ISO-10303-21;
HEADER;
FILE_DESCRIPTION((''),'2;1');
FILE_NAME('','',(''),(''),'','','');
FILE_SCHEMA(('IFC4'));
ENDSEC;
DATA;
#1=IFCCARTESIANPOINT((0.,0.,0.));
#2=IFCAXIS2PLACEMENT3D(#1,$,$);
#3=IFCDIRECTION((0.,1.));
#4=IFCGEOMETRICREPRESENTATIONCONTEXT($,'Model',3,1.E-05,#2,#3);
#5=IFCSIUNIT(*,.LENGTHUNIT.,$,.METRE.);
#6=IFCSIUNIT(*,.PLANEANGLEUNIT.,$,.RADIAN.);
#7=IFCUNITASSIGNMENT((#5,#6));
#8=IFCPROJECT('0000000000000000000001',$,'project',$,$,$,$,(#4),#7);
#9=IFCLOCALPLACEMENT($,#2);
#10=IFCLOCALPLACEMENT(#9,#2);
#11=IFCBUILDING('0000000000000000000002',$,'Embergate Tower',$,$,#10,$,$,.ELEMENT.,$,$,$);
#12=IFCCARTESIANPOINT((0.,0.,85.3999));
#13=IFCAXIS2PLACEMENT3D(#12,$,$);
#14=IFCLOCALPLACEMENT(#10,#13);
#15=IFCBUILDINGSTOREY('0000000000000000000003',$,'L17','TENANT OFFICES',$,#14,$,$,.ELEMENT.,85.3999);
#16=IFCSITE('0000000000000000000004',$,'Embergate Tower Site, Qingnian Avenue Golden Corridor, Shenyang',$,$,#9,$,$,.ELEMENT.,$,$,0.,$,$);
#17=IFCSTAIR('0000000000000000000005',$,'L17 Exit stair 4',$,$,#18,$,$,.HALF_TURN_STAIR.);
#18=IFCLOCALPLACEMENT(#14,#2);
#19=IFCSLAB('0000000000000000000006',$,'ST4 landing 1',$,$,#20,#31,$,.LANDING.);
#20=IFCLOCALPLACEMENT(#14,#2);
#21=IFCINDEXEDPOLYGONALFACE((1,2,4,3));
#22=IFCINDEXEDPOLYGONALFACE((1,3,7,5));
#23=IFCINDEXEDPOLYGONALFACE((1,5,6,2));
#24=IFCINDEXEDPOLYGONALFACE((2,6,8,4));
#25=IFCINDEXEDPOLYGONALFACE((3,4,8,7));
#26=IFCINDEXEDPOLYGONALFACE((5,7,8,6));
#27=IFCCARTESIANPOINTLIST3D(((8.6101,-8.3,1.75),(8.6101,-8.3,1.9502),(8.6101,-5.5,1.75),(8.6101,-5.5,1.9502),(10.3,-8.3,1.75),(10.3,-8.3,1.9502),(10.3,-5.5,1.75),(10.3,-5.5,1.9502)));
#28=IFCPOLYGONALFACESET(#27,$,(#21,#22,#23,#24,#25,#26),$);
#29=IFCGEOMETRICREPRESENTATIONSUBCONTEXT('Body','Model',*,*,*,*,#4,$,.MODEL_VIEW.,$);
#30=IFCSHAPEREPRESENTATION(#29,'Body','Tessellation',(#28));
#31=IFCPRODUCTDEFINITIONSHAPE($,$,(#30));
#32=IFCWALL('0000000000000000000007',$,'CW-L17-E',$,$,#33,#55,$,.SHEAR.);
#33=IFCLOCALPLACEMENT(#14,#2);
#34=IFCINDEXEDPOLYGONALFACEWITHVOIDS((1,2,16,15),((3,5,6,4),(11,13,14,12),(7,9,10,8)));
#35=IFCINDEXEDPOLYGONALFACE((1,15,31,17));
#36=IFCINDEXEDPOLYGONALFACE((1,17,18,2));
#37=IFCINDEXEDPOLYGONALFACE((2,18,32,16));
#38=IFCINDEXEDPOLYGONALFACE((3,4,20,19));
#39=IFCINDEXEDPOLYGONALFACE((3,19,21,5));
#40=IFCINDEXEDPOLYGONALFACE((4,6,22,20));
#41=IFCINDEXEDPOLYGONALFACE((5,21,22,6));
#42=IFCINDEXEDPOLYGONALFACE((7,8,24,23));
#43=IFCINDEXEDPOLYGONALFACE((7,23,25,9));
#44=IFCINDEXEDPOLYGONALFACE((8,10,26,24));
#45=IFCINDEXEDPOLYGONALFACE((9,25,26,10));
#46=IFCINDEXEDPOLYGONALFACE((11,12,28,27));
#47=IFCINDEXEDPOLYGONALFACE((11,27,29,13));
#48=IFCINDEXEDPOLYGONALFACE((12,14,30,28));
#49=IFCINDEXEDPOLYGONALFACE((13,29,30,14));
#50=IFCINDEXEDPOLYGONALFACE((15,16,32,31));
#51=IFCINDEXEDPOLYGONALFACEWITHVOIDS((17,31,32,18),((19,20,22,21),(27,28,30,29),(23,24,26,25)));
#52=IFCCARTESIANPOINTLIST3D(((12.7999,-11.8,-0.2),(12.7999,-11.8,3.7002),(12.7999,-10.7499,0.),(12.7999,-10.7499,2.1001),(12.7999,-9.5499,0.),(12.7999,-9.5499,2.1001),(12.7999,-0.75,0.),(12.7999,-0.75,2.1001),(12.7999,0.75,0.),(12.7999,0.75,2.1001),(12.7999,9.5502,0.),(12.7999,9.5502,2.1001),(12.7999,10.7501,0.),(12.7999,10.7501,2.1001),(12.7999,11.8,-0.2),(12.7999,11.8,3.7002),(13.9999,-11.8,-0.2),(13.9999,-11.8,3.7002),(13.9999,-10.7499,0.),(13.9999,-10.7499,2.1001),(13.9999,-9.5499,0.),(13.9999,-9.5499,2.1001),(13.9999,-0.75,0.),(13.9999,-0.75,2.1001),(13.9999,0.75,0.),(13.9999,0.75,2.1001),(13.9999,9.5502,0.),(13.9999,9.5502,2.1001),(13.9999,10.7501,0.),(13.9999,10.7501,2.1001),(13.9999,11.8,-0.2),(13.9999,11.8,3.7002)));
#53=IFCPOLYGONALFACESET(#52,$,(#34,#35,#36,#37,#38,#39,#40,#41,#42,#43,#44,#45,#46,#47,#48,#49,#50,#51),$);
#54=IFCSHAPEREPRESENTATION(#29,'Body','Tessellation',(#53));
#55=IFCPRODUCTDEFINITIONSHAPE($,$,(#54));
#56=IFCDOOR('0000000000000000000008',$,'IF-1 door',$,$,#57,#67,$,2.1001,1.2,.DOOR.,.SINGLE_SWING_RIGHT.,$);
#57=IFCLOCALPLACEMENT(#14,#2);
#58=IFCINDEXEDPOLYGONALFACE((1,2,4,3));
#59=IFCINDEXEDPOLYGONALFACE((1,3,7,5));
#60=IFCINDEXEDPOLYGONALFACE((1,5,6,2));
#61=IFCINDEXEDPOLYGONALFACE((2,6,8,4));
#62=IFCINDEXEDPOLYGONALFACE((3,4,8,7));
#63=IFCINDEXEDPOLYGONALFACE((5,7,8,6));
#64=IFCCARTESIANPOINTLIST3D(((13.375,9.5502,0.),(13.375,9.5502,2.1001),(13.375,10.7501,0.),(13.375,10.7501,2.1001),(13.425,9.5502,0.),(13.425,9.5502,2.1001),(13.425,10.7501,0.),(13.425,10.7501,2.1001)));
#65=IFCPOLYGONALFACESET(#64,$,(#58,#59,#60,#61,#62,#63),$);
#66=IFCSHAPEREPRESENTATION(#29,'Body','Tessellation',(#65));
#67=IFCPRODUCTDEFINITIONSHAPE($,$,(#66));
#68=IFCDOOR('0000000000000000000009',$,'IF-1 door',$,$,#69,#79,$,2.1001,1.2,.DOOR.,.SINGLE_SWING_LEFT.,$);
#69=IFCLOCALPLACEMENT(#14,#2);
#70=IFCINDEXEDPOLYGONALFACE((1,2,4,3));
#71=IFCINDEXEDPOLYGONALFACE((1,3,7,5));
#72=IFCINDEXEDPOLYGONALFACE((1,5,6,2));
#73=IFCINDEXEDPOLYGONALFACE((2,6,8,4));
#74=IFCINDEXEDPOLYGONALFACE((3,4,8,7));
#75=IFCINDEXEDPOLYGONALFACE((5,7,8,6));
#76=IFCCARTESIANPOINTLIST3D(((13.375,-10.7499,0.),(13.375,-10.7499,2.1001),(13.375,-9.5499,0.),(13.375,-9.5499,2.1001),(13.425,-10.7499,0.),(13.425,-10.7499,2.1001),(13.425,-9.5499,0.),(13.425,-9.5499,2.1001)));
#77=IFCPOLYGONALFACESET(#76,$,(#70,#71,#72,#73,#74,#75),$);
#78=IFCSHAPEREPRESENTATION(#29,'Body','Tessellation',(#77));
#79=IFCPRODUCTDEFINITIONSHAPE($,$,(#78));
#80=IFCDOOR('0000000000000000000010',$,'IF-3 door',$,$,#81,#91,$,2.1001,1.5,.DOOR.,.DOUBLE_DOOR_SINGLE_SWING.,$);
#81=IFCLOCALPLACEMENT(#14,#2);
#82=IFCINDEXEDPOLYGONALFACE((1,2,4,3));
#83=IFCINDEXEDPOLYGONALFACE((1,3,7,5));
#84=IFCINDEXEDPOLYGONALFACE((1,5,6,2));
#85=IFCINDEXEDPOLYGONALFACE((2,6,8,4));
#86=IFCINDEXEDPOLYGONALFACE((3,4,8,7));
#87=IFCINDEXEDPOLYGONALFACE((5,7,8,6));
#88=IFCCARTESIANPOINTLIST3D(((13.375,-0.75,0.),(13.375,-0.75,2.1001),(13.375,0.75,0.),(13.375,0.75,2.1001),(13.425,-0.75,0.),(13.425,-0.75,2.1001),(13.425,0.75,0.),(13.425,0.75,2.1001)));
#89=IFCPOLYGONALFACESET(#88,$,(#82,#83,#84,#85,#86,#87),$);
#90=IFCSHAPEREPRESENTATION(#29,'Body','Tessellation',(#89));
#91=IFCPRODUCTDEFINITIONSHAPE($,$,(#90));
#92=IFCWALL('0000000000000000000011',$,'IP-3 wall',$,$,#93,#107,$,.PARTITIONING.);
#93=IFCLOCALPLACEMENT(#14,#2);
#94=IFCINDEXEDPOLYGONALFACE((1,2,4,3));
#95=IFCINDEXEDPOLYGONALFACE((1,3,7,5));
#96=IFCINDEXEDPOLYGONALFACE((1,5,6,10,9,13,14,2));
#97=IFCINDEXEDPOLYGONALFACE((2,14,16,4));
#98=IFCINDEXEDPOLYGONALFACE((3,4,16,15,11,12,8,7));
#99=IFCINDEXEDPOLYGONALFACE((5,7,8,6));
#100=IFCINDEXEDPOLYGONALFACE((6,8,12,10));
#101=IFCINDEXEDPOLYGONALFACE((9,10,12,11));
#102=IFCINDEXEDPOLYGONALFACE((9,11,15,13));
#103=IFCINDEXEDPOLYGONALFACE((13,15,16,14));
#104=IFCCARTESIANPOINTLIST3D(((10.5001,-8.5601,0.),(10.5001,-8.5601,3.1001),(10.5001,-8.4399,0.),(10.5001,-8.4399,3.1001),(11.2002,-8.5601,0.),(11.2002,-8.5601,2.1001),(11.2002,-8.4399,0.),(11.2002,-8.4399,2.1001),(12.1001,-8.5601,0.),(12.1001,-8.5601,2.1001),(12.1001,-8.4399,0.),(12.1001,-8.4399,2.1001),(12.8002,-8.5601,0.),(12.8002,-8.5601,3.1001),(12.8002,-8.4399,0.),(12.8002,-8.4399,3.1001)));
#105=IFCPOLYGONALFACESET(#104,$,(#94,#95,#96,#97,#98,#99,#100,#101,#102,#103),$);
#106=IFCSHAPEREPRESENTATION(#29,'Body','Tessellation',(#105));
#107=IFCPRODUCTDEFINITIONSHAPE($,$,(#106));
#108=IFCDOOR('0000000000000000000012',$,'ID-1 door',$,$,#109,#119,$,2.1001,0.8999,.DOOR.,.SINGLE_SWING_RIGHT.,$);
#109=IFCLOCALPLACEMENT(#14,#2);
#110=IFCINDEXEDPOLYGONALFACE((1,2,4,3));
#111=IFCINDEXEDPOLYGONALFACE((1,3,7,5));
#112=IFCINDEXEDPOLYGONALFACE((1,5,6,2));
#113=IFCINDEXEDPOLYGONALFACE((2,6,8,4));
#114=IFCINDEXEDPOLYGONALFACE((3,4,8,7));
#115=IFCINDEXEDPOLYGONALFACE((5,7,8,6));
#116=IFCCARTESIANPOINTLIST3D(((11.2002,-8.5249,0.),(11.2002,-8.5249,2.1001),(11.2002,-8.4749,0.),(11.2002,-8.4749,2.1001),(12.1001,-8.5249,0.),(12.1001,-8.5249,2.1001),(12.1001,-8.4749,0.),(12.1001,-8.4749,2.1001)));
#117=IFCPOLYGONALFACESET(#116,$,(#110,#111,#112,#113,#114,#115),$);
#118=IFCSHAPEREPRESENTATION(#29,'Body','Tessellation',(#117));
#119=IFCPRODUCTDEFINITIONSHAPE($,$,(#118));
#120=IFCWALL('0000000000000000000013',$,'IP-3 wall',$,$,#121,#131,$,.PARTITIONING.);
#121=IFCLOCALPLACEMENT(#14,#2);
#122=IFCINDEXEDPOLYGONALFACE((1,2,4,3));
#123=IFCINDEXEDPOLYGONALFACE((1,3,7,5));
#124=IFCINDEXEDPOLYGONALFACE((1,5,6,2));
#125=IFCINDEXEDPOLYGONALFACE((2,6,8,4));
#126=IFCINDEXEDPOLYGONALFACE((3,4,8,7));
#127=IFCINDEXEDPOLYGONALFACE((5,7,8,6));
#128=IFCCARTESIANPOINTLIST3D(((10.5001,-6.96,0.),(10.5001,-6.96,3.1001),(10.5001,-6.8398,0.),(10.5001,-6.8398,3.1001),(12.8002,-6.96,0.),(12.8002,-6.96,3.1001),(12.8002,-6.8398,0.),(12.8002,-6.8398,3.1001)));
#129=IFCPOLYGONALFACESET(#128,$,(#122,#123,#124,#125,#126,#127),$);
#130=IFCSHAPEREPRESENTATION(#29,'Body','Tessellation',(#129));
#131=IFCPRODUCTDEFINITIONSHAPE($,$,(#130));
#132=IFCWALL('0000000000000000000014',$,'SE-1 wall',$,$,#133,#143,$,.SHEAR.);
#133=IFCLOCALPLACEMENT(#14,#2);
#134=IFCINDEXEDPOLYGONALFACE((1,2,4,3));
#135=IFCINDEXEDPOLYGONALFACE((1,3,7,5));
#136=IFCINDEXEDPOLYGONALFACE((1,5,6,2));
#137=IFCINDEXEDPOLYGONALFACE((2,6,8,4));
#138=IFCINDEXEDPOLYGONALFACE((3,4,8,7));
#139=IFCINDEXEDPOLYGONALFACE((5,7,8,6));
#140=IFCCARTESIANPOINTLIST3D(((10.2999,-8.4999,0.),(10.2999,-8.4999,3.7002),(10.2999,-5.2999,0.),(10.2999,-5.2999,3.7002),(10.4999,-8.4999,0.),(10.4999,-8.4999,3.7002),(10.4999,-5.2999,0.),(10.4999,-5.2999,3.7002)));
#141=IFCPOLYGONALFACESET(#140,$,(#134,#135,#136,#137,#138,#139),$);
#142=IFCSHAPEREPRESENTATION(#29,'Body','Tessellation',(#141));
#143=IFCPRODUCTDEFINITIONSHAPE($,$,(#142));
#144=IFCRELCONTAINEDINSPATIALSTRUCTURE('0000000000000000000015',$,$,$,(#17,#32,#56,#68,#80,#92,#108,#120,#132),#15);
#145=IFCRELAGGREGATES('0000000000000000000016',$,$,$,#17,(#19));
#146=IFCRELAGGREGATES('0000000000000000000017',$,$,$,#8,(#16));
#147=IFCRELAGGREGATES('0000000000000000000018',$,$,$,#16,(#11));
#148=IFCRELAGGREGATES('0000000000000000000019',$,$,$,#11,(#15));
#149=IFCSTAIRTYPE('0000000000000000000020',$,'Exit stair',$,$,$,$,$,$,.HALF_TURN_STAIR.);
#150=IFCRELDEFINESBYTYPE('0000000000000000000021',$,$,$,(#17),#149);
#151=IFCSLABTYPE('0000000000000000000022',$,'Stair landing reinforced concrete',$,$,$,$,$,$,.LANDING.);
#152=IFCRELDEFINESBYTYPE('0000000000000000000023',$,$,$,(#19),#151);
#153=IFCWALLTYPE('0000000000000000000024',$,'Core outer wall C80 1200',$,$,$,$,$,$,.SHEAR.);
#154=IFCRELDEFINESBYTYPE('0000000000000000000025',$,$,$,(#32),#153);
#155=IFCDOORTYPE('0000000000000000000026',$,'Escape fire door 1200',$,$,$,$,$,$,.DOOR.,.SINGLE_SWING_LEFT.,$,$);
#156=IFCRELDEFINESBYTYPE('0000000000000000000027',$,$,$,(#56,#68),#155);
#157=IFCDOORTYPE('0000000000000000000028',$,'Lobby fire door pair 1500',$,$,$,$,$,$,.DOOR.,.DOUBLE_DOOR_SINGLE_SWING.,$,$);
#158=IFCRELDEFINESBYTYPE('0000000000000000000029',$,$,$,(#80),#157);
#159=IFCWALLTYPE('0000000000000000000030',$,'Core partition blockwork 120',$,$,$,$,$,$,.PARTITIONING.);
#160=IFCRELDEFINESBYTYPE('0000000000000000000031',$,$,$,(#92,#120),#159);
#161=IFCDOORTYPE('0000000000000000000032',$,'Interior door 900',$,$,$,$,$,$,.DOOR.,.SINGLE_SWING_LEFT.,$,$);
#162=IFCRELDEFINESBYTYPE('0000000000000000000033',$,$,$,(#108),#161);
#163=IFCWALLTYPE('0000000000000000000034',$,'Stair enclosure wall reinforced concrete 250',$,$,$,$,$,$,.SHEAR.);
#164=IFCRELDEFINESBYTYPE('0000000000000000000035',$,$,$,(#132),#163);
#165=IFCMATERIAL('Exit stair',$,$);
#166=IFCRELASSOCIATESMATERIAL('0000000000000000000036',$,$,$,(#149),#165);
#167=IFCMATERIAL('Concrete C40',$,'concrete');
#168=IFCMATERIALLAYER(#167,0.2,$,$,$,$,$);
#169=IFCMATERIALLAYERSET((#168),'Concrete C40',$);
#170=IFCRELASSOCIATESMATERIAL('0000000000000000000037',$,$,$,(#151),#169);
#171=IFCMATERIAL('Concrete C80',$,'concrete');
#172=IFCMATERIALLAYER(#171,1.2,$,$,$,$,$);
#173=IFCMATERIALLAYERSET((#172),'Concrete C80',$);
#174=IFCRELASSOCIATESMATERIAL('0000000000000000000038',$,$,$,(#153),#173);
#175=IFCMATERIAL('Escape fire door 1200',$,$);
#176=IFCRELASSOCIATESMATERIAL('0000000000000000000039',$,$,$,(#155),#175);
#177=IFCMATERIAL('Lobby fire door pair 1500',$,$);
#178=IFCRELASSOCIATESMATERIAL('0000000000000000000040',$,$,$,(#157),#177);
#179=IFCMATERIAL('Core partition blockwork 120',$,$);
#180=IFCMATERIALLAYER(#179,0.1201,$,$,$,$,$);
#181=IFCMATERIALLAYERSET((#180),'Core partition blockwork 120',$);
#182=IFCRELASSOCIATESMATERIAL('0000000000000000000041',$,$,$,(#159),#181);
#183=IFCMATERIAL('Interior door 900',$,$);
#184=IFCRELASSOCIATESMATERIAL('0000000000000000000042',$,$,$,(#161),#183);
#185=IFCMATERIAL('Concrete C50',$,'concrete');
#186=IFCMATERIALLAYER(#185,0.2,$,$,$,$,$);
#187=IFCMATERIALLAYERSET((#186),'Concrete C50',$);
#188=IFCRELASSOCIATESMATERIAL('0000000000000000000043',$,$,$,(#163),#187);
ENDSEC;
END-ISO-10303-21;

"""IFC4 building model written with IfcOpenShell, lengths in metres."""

from ifc_helpers import new_model, si_unit, direction, frame, frame_2d, origin, place, context, subcontext, project, spatial, polyline, rectangle, outline, extrude, source, transform, mapped, material, layer, layer_set, type_object, element, fill, aggregate, save


model = new_model("IFC4")

# Units and contexts
model_context = context("Model", 3, precision=1e-05, world=origin(), true_north=direction((0.0, 1.0)))
body_context = subcontext(model_context, "Body", "Model", "MODEL_VIEW")
ifc_project = project(units=[si_unit("LENGTHUNIT", "METRE"), si_unit("PLANEANGLEUNIT", "RADIAN")], contexts=[model_context])

# Site, building, storey
site_placement = place(None, origin())
site = spatial("IfcSite", under=ifc_project, at=site_placement, Name="Embergate Tower Site, Qingnian Avenue Golden Corridor, Shenyang", CompositionType="ELEMENT", RefElevation=0.0)
building_placement = place(site_placement, origin())
building = spatial("IfcBuilding", under=site, at=building_placement, Name="Embergate Tower", CompositionType="ELEMENT")
storey_placement = place(building_placement, frame((0.0, 0.0, 85.3999)))
storey = spatial("IfcBuildingStorey", under=building, at=storey_placement, Name="L17", Description="TENANT OFFICES", CompositionType="ELEMENT", Elevation=85.3999)

# Stair, slab
ifc_material_1 = material(Name="Exit stair")
stair_type = type_object("IfcStairType", Name="Exit stair", PredefinedType="HALF_TURN_STAIR", material=ifc_material_1)
stair_placement = place(storey_placement, origin())
stair = element("IfcStair", 1, at=stair_placement, inside=storey, type_object=stair_type, Name="L17 Exit stair 4", PredefinedType="HALF_TURN_STAIR")
ifc_material_2 = material(Name="Concrete C40", Category="concrete")
ifc_layer_1 = layer(ifc_material_2, 0.2)
ifc_layer_set_1 = layer_set([ifc_layer_1], Name="Concrete C40")
slab_type = type_object("IfcSlabType", Name="Stair landing reinforced concrete", PredefinedType="LANDING", material=ifc_layer_set_1)
shared_shape_1 = source(origin(), body_context, "Body", "SweptSolid", [
    extrude(outline(polyline([(0.0, 0.0), (1.6899, 0.0), (1.6899, 2.8), (0.0, 2.8), (0.0, 0.0)])), origin(), (0.0, 0.0, 1.0), 0.2002),
])
slab_placement = place(storey_placement, frame((8.6101, -8.3, 1.75)))
slab = element("IfcSlab", 2, at=slab_placement, type_object=slab_type, Name="ST4 landing 1", PredefinedType="LANDING", context=body_context, shape_type="MappedRepresentation", body=[
    mapped(shared_shape_1, transform((0.0, 0.0, 0.0))),
])
aggregate(stair, [slab])

# Wall, openings, doors
ifc_material_3 = material(Name="Concrete C80", Category="concrete")
ifc_layer_2 = layer(ifc_material_3, 1.2)
ifc_layer_set_2 = layer_set([ifc_layer_2], Name="Concrete C80")
wall_type_1 = type_object("IfcWallType", Name="Core outer wall C80 1200", PredefinedType="SHEAR", material=ifc_layer_set_2)
shared_shape_2 = source(origin(), body_context, "Body", "SweptSolid", [
    extrude(rectangle(XDim=23.6001, YDim=1.2, at=frame_2d((11.8, 0.0))), origin(), (0.0, 0.0, 1.0), 3.9001),
])
wall_1_placement = place(storey_placement, frame((13.3999, -11.8, -0.2), z_axis=(0.0, 0.0, 1.0), x_axis=(0.0, 1.0, 0.0)))
wall_1 = element("IfcWall", 3, at=wall_1_placement, inside=storey, type_object=wall_type_1, Name="CW-L17-E", PredefinedType="SHEAR", context=body_context, shape_type="MappedRepresentation", body=[
    mapped(shared_shape_2, transform((0.0, 0.0, 0.0))),
])
shared_shape_3 = source(origin(), body_context, "Body", "SweptSolid", [
    extrude(rectangle(XDim=1.2, YDim=2.1001, at=frame_2d((0.6001, 1.05))), frame((0.0, 0.6099, 0.0), z_axis=(0.0, -1.0, 0.0), x_axis=(1.0, 0.0, 0.0)), (0.0, 0.0, 1.0), 1.22),
])
opening_1_placement = place(wall_1_placement, frame((21.3501, 0.0, 0.2)))
opening_1 = element("IfcOpeningElement", 4, at=opening_1_placement, cuts=wall_1, PredefinedType="OPENING", context=body_context, shape_type="MappedRepresentation", body=[
    mapped(shared_shape_3, transform((0.0, 0.0, 0.0))),
])
opening_2_placement = place(wall_1_placement, frame((1.05, 0.0, 0.2)))
opening_2 = element("IfcOpeningElement", 5, at=opening_2_placement, cuts=wall_1, PredefinedType="OPENING", context=body_context, shape_type="MappedRepresentation", body=[
    mapped(shared_shape_3, transform((0.0, 0.0, 0.0))),
])
shared_shape_4 = source(origin(), body_context, "Body", "SweptSolid", [
    extrude(rectangle(XDim=1.5, YDim=2.1001, at=frame_2d((0.75, 1.05))), frame((0.0, 0.6099, 0.0), z_axis=(0.0, -1.0, 0.0), x_axis=(1.0, 0.0, 0.0)), (0.0, 0.0, 1.0), 1.22),
])
opening_3_placement = place(wall_1_placement, frame((11.05, 0.0, 0.2)))
opening_3 = element("IfcOpeningElement", 6, at=opening_3_placement, cuts=wall_1, PredefinedType="OPENING", context=body_context, shape_type="MappedRepresentation", body=[
    mapped(shared_shape_4, transform((0.0, 0.0, 0.0))),
])
ifc_material_4 = material(Name="Escape fire door 1200")
door_type_1 = type_object("IfcDoorType", Name="Escape fire door 1200", OperationType="SINGLE_SWING_LEFT", PredefinedType="DOOR", material=ifc_material_4)
shared_shape_5 = source(origin(), body_context, "Body", "SweptSolid", [
    extrude(rectangle(XDim=1.2, YDim=2.1001, at=frame_2d((0.6001, 1.05))), frame((0.0, 0.0249, 0.0), z_axis=(0.0, -1.0, 0.0), x_axis=(1.0, 0.0, 0.0)), (0.0, 0.0, 1.0), 0.05),
])
door_1_placement = place(opening_1_placement, origin())
door_1 = element("IfcDoor", 7, at=door_1_placement, inside=storey, type_object=door_type_1, Name="IF-1 door", OperationType="SINGLE_SWING_RIGHT", OverallHeight=2.1001, OverallWidth=1.2, PredefinedType="DOOR", context=body_context, shape_type="MappedRepresentation", body=[
    mapped(shared_shape_5, transform((0.0, 0.0, 0.0))),
])
fill(opening_1, door_1)
door_2_placement = place(opening_2_placement, origin())
door_2 = element("IfcDoor", 8, at=door_2_placement, inside=storey, type_object=door_type_1, Name="IF-1 door", OperationType="SINGLE_SWING_LEFT", OverallHeight=2.1001, OverallWidth=1.2, PredefinedType="DOOR", context=body_context, shape_type="MappedRepresentation", body=[
    mapped(shared_shape_5, transform((0.0, 0.0, 0.0))),
])
fill(opening_2, door_2)
ifc_material_5 = material(Name="Lobby fire door pair 1500")
door_type_2 = type_object("IfcDoorType", Name="Lobby fire door pair 1500", OperationType="DOUBLE_DOOR_SINGLE_SWING", PredefinedType="DOOR", material=ifc_material_5)
shared_shape_6 = source(origin(), body_context, "Body", "SweptSolid", [
    extrude(rectangle(XDim=1.5, YDim=2.1001, at=frame_2d((0.75, 1.05))), frame((0.0, 0.0249, 0.0), z_axis=(0.0, -1.0, 0.0), x_axis=(1.0, 0.0, 0.0)), (0.0, 0.0, 1.0), 0.05),
])
door_3_placement = place(opening_3_placement, origin())
door_3 = element("IfcDoor", 9, at=door_3_placement, inside=storey, type_object=door_type_2, Name="IF-3 door", OperationType="DOUBLE_DOOR_SINGLE_SWING", OverallHeight=2.1001, OverallWidth=1.5, PredefinedType="DOOR", context=body_context, shape_type="MappedRepresentation", body=[
    mapped(shared_shape_6, transform((0.0, 0.0, 0.0))),
])
fill(opening_3, door_3)

# Wall, opening, door
ifc_material_6 = material(Name="Core partition blockwork 120")
ifc_layer_3 = layer(ifc_material_6, 0.1201)
ifc_layer_set_3 = layer_set([ifc_layer_3], Name="Core partition blockwork 120")
wall_type_2 = type_object("IfcWallType", Name="Core partition blockwork 120", PredefinedType="PARTITIONING", material=ifc_layer_set_3)
shared_shape_7 = source(origin(), body_context, "Body", "SweptSolid", [
    extrude(rectangle(XDim=2.3, YDim=0.1201, at=frame_2d((1.1499, 0.0))), origin(), (0.0, 0.0, 1.0), 3.1001),
])
wall_2_placement = place(storey_placement, frame((12.8, -8.5, 0.0), z_axis=(0.0, 0.0, 1.0), x_axis=(-1.0, 0.0, 0.0)))
wall_2 = element("IfcWall", 10, at=wall_2_placement, inside=storey, type_object=wall_type_2, Name="IP-3 wall", PredefinedType="PARTITIONING", context=body_context, shape_type="MappedRepresentation", body=[
    mapped(shared_shape_7, transform((0.0, 0.0, 0.0))),
])
shared_shape_8 = source(origin(), body_context, "Body", "SweptSolid", [
    extrude(rectangle(XDim=0.8999, YDim=2.1001, at=frame_2d((0.45, 1.05))), frame((0.0, 0.0701, 0.0), z_axis=(0.0, -1.0, 0.0), x_axis=(1.0, 0.0, 0.0)), (0.0, 0.0, 1.0), 0.1401),
])
opening_4_placement = place(wall_2_placement, frame((0.7, 0.0, 0.0)))
opening_4 = element("IfcOpeningElement", 11, at=opening_4_placement, cuts=wall_2, PredefinedType="OPENING", context=body_context, shape_type="MappedRepresentation", body=[
    mapped(shared_shape_8, transform((0.0, 0.0, 0.0))),
])
ifc_material_7 = material(Name="Interior door 900")
door_type_3 = type_object("IfcDoorType", Name="Interior door 900", OperationType="SINGLE_SWING_LEFT", PredefinedType="DOOR", material=ifc_material_7)
shared_shape_9 = source(origin(), body_context, "Body", "SweptSolid", [
    extrude(rectangle(XDim=0.8999, YDim=2.1001, at=frame_2d((0.45, 1.05))), frame((0.0, 0.0249, 0.0), z_axis=(0.0, -1.0, 0.0), x_axis=(1.0, 0.0, 0.0)), (0.0, 0.0, 1.0), 0.05),
])
door_4_placement = place(opening_4_placement, origin())
door_4 = element("IfcDoor", 12, at=door_4_placement, inside=storey, type_object=door_type_3, Name="ID-1 door", OperationType="SINGLE_SWING_RIGHT", OverallHeight=2.1001, OverallWidth=0.8999, PredefinedType="DOOR", context=body_context, shape_type="MappedRepresentation", body=[
    mapped(shared_shape_9, transform((0.0, 0.0, 0.0))),
])
fill(opening_4, door_4)

# Walls
wall_3_placement = place(storey_placement, frame((12.8, -6.8999, 0.0), z_axis=(0.0, 0.0, 1.0), x_axis=(-1.0, 0.0, 0.0)))
element("IfcWall", 13, at=wall_3_placement, inside=storey, type_object=wall_type_2, Name="IP-3 wall", PredefinedType="PARTITIONING", context=body_context, shape_type="MappedRepresentation", body=[
    mapped(shared_shape_7, transform((0.0, 0.0, 0.0))),
])
ifc_material_8 = material(Name="Concrete C50", Category="concrete")
ifc_layer_4 = layer(ifc_material_8, 0.2)
ifc_layer_set_4 = layer_set([ifc_layer_4], Name="Concrete C50")
wall_type_3 = type_object("IfcWallType", Name="Stair enclosure wall reinforced concrete 250", PredefinedType="SHEAR", material=ifc_layer_set_4)
shared_shape_10 = source(origin(), body_context, "Body", "SweptSolid", [
    extrude(rectangle(XDim=3.2, YDim=0.2, at=frame_2d((1.6001, 0.0))), origin(), (0.0, 0.0, 1.0), 3.7002),
])
wall_4_placement = place(storey_placement, frame((10.3999, -8.5, 0.0), z_axis=(0.0, 0.0, 1.0), x_axis=(0.0, 1.0, 0.0)))
element("IfcWall", 14, at=wall_4_placement, inside=storey, type_object=wall_type_3, Name="SE-1 wall", PredefinedType="SHEAR", context=body_context, shape_type="MappedRepresentation", body=[
    mapped(shared_shape_10, transform((0.0, 0.0, 0.0))),
])

save(model, "model.ifc")
